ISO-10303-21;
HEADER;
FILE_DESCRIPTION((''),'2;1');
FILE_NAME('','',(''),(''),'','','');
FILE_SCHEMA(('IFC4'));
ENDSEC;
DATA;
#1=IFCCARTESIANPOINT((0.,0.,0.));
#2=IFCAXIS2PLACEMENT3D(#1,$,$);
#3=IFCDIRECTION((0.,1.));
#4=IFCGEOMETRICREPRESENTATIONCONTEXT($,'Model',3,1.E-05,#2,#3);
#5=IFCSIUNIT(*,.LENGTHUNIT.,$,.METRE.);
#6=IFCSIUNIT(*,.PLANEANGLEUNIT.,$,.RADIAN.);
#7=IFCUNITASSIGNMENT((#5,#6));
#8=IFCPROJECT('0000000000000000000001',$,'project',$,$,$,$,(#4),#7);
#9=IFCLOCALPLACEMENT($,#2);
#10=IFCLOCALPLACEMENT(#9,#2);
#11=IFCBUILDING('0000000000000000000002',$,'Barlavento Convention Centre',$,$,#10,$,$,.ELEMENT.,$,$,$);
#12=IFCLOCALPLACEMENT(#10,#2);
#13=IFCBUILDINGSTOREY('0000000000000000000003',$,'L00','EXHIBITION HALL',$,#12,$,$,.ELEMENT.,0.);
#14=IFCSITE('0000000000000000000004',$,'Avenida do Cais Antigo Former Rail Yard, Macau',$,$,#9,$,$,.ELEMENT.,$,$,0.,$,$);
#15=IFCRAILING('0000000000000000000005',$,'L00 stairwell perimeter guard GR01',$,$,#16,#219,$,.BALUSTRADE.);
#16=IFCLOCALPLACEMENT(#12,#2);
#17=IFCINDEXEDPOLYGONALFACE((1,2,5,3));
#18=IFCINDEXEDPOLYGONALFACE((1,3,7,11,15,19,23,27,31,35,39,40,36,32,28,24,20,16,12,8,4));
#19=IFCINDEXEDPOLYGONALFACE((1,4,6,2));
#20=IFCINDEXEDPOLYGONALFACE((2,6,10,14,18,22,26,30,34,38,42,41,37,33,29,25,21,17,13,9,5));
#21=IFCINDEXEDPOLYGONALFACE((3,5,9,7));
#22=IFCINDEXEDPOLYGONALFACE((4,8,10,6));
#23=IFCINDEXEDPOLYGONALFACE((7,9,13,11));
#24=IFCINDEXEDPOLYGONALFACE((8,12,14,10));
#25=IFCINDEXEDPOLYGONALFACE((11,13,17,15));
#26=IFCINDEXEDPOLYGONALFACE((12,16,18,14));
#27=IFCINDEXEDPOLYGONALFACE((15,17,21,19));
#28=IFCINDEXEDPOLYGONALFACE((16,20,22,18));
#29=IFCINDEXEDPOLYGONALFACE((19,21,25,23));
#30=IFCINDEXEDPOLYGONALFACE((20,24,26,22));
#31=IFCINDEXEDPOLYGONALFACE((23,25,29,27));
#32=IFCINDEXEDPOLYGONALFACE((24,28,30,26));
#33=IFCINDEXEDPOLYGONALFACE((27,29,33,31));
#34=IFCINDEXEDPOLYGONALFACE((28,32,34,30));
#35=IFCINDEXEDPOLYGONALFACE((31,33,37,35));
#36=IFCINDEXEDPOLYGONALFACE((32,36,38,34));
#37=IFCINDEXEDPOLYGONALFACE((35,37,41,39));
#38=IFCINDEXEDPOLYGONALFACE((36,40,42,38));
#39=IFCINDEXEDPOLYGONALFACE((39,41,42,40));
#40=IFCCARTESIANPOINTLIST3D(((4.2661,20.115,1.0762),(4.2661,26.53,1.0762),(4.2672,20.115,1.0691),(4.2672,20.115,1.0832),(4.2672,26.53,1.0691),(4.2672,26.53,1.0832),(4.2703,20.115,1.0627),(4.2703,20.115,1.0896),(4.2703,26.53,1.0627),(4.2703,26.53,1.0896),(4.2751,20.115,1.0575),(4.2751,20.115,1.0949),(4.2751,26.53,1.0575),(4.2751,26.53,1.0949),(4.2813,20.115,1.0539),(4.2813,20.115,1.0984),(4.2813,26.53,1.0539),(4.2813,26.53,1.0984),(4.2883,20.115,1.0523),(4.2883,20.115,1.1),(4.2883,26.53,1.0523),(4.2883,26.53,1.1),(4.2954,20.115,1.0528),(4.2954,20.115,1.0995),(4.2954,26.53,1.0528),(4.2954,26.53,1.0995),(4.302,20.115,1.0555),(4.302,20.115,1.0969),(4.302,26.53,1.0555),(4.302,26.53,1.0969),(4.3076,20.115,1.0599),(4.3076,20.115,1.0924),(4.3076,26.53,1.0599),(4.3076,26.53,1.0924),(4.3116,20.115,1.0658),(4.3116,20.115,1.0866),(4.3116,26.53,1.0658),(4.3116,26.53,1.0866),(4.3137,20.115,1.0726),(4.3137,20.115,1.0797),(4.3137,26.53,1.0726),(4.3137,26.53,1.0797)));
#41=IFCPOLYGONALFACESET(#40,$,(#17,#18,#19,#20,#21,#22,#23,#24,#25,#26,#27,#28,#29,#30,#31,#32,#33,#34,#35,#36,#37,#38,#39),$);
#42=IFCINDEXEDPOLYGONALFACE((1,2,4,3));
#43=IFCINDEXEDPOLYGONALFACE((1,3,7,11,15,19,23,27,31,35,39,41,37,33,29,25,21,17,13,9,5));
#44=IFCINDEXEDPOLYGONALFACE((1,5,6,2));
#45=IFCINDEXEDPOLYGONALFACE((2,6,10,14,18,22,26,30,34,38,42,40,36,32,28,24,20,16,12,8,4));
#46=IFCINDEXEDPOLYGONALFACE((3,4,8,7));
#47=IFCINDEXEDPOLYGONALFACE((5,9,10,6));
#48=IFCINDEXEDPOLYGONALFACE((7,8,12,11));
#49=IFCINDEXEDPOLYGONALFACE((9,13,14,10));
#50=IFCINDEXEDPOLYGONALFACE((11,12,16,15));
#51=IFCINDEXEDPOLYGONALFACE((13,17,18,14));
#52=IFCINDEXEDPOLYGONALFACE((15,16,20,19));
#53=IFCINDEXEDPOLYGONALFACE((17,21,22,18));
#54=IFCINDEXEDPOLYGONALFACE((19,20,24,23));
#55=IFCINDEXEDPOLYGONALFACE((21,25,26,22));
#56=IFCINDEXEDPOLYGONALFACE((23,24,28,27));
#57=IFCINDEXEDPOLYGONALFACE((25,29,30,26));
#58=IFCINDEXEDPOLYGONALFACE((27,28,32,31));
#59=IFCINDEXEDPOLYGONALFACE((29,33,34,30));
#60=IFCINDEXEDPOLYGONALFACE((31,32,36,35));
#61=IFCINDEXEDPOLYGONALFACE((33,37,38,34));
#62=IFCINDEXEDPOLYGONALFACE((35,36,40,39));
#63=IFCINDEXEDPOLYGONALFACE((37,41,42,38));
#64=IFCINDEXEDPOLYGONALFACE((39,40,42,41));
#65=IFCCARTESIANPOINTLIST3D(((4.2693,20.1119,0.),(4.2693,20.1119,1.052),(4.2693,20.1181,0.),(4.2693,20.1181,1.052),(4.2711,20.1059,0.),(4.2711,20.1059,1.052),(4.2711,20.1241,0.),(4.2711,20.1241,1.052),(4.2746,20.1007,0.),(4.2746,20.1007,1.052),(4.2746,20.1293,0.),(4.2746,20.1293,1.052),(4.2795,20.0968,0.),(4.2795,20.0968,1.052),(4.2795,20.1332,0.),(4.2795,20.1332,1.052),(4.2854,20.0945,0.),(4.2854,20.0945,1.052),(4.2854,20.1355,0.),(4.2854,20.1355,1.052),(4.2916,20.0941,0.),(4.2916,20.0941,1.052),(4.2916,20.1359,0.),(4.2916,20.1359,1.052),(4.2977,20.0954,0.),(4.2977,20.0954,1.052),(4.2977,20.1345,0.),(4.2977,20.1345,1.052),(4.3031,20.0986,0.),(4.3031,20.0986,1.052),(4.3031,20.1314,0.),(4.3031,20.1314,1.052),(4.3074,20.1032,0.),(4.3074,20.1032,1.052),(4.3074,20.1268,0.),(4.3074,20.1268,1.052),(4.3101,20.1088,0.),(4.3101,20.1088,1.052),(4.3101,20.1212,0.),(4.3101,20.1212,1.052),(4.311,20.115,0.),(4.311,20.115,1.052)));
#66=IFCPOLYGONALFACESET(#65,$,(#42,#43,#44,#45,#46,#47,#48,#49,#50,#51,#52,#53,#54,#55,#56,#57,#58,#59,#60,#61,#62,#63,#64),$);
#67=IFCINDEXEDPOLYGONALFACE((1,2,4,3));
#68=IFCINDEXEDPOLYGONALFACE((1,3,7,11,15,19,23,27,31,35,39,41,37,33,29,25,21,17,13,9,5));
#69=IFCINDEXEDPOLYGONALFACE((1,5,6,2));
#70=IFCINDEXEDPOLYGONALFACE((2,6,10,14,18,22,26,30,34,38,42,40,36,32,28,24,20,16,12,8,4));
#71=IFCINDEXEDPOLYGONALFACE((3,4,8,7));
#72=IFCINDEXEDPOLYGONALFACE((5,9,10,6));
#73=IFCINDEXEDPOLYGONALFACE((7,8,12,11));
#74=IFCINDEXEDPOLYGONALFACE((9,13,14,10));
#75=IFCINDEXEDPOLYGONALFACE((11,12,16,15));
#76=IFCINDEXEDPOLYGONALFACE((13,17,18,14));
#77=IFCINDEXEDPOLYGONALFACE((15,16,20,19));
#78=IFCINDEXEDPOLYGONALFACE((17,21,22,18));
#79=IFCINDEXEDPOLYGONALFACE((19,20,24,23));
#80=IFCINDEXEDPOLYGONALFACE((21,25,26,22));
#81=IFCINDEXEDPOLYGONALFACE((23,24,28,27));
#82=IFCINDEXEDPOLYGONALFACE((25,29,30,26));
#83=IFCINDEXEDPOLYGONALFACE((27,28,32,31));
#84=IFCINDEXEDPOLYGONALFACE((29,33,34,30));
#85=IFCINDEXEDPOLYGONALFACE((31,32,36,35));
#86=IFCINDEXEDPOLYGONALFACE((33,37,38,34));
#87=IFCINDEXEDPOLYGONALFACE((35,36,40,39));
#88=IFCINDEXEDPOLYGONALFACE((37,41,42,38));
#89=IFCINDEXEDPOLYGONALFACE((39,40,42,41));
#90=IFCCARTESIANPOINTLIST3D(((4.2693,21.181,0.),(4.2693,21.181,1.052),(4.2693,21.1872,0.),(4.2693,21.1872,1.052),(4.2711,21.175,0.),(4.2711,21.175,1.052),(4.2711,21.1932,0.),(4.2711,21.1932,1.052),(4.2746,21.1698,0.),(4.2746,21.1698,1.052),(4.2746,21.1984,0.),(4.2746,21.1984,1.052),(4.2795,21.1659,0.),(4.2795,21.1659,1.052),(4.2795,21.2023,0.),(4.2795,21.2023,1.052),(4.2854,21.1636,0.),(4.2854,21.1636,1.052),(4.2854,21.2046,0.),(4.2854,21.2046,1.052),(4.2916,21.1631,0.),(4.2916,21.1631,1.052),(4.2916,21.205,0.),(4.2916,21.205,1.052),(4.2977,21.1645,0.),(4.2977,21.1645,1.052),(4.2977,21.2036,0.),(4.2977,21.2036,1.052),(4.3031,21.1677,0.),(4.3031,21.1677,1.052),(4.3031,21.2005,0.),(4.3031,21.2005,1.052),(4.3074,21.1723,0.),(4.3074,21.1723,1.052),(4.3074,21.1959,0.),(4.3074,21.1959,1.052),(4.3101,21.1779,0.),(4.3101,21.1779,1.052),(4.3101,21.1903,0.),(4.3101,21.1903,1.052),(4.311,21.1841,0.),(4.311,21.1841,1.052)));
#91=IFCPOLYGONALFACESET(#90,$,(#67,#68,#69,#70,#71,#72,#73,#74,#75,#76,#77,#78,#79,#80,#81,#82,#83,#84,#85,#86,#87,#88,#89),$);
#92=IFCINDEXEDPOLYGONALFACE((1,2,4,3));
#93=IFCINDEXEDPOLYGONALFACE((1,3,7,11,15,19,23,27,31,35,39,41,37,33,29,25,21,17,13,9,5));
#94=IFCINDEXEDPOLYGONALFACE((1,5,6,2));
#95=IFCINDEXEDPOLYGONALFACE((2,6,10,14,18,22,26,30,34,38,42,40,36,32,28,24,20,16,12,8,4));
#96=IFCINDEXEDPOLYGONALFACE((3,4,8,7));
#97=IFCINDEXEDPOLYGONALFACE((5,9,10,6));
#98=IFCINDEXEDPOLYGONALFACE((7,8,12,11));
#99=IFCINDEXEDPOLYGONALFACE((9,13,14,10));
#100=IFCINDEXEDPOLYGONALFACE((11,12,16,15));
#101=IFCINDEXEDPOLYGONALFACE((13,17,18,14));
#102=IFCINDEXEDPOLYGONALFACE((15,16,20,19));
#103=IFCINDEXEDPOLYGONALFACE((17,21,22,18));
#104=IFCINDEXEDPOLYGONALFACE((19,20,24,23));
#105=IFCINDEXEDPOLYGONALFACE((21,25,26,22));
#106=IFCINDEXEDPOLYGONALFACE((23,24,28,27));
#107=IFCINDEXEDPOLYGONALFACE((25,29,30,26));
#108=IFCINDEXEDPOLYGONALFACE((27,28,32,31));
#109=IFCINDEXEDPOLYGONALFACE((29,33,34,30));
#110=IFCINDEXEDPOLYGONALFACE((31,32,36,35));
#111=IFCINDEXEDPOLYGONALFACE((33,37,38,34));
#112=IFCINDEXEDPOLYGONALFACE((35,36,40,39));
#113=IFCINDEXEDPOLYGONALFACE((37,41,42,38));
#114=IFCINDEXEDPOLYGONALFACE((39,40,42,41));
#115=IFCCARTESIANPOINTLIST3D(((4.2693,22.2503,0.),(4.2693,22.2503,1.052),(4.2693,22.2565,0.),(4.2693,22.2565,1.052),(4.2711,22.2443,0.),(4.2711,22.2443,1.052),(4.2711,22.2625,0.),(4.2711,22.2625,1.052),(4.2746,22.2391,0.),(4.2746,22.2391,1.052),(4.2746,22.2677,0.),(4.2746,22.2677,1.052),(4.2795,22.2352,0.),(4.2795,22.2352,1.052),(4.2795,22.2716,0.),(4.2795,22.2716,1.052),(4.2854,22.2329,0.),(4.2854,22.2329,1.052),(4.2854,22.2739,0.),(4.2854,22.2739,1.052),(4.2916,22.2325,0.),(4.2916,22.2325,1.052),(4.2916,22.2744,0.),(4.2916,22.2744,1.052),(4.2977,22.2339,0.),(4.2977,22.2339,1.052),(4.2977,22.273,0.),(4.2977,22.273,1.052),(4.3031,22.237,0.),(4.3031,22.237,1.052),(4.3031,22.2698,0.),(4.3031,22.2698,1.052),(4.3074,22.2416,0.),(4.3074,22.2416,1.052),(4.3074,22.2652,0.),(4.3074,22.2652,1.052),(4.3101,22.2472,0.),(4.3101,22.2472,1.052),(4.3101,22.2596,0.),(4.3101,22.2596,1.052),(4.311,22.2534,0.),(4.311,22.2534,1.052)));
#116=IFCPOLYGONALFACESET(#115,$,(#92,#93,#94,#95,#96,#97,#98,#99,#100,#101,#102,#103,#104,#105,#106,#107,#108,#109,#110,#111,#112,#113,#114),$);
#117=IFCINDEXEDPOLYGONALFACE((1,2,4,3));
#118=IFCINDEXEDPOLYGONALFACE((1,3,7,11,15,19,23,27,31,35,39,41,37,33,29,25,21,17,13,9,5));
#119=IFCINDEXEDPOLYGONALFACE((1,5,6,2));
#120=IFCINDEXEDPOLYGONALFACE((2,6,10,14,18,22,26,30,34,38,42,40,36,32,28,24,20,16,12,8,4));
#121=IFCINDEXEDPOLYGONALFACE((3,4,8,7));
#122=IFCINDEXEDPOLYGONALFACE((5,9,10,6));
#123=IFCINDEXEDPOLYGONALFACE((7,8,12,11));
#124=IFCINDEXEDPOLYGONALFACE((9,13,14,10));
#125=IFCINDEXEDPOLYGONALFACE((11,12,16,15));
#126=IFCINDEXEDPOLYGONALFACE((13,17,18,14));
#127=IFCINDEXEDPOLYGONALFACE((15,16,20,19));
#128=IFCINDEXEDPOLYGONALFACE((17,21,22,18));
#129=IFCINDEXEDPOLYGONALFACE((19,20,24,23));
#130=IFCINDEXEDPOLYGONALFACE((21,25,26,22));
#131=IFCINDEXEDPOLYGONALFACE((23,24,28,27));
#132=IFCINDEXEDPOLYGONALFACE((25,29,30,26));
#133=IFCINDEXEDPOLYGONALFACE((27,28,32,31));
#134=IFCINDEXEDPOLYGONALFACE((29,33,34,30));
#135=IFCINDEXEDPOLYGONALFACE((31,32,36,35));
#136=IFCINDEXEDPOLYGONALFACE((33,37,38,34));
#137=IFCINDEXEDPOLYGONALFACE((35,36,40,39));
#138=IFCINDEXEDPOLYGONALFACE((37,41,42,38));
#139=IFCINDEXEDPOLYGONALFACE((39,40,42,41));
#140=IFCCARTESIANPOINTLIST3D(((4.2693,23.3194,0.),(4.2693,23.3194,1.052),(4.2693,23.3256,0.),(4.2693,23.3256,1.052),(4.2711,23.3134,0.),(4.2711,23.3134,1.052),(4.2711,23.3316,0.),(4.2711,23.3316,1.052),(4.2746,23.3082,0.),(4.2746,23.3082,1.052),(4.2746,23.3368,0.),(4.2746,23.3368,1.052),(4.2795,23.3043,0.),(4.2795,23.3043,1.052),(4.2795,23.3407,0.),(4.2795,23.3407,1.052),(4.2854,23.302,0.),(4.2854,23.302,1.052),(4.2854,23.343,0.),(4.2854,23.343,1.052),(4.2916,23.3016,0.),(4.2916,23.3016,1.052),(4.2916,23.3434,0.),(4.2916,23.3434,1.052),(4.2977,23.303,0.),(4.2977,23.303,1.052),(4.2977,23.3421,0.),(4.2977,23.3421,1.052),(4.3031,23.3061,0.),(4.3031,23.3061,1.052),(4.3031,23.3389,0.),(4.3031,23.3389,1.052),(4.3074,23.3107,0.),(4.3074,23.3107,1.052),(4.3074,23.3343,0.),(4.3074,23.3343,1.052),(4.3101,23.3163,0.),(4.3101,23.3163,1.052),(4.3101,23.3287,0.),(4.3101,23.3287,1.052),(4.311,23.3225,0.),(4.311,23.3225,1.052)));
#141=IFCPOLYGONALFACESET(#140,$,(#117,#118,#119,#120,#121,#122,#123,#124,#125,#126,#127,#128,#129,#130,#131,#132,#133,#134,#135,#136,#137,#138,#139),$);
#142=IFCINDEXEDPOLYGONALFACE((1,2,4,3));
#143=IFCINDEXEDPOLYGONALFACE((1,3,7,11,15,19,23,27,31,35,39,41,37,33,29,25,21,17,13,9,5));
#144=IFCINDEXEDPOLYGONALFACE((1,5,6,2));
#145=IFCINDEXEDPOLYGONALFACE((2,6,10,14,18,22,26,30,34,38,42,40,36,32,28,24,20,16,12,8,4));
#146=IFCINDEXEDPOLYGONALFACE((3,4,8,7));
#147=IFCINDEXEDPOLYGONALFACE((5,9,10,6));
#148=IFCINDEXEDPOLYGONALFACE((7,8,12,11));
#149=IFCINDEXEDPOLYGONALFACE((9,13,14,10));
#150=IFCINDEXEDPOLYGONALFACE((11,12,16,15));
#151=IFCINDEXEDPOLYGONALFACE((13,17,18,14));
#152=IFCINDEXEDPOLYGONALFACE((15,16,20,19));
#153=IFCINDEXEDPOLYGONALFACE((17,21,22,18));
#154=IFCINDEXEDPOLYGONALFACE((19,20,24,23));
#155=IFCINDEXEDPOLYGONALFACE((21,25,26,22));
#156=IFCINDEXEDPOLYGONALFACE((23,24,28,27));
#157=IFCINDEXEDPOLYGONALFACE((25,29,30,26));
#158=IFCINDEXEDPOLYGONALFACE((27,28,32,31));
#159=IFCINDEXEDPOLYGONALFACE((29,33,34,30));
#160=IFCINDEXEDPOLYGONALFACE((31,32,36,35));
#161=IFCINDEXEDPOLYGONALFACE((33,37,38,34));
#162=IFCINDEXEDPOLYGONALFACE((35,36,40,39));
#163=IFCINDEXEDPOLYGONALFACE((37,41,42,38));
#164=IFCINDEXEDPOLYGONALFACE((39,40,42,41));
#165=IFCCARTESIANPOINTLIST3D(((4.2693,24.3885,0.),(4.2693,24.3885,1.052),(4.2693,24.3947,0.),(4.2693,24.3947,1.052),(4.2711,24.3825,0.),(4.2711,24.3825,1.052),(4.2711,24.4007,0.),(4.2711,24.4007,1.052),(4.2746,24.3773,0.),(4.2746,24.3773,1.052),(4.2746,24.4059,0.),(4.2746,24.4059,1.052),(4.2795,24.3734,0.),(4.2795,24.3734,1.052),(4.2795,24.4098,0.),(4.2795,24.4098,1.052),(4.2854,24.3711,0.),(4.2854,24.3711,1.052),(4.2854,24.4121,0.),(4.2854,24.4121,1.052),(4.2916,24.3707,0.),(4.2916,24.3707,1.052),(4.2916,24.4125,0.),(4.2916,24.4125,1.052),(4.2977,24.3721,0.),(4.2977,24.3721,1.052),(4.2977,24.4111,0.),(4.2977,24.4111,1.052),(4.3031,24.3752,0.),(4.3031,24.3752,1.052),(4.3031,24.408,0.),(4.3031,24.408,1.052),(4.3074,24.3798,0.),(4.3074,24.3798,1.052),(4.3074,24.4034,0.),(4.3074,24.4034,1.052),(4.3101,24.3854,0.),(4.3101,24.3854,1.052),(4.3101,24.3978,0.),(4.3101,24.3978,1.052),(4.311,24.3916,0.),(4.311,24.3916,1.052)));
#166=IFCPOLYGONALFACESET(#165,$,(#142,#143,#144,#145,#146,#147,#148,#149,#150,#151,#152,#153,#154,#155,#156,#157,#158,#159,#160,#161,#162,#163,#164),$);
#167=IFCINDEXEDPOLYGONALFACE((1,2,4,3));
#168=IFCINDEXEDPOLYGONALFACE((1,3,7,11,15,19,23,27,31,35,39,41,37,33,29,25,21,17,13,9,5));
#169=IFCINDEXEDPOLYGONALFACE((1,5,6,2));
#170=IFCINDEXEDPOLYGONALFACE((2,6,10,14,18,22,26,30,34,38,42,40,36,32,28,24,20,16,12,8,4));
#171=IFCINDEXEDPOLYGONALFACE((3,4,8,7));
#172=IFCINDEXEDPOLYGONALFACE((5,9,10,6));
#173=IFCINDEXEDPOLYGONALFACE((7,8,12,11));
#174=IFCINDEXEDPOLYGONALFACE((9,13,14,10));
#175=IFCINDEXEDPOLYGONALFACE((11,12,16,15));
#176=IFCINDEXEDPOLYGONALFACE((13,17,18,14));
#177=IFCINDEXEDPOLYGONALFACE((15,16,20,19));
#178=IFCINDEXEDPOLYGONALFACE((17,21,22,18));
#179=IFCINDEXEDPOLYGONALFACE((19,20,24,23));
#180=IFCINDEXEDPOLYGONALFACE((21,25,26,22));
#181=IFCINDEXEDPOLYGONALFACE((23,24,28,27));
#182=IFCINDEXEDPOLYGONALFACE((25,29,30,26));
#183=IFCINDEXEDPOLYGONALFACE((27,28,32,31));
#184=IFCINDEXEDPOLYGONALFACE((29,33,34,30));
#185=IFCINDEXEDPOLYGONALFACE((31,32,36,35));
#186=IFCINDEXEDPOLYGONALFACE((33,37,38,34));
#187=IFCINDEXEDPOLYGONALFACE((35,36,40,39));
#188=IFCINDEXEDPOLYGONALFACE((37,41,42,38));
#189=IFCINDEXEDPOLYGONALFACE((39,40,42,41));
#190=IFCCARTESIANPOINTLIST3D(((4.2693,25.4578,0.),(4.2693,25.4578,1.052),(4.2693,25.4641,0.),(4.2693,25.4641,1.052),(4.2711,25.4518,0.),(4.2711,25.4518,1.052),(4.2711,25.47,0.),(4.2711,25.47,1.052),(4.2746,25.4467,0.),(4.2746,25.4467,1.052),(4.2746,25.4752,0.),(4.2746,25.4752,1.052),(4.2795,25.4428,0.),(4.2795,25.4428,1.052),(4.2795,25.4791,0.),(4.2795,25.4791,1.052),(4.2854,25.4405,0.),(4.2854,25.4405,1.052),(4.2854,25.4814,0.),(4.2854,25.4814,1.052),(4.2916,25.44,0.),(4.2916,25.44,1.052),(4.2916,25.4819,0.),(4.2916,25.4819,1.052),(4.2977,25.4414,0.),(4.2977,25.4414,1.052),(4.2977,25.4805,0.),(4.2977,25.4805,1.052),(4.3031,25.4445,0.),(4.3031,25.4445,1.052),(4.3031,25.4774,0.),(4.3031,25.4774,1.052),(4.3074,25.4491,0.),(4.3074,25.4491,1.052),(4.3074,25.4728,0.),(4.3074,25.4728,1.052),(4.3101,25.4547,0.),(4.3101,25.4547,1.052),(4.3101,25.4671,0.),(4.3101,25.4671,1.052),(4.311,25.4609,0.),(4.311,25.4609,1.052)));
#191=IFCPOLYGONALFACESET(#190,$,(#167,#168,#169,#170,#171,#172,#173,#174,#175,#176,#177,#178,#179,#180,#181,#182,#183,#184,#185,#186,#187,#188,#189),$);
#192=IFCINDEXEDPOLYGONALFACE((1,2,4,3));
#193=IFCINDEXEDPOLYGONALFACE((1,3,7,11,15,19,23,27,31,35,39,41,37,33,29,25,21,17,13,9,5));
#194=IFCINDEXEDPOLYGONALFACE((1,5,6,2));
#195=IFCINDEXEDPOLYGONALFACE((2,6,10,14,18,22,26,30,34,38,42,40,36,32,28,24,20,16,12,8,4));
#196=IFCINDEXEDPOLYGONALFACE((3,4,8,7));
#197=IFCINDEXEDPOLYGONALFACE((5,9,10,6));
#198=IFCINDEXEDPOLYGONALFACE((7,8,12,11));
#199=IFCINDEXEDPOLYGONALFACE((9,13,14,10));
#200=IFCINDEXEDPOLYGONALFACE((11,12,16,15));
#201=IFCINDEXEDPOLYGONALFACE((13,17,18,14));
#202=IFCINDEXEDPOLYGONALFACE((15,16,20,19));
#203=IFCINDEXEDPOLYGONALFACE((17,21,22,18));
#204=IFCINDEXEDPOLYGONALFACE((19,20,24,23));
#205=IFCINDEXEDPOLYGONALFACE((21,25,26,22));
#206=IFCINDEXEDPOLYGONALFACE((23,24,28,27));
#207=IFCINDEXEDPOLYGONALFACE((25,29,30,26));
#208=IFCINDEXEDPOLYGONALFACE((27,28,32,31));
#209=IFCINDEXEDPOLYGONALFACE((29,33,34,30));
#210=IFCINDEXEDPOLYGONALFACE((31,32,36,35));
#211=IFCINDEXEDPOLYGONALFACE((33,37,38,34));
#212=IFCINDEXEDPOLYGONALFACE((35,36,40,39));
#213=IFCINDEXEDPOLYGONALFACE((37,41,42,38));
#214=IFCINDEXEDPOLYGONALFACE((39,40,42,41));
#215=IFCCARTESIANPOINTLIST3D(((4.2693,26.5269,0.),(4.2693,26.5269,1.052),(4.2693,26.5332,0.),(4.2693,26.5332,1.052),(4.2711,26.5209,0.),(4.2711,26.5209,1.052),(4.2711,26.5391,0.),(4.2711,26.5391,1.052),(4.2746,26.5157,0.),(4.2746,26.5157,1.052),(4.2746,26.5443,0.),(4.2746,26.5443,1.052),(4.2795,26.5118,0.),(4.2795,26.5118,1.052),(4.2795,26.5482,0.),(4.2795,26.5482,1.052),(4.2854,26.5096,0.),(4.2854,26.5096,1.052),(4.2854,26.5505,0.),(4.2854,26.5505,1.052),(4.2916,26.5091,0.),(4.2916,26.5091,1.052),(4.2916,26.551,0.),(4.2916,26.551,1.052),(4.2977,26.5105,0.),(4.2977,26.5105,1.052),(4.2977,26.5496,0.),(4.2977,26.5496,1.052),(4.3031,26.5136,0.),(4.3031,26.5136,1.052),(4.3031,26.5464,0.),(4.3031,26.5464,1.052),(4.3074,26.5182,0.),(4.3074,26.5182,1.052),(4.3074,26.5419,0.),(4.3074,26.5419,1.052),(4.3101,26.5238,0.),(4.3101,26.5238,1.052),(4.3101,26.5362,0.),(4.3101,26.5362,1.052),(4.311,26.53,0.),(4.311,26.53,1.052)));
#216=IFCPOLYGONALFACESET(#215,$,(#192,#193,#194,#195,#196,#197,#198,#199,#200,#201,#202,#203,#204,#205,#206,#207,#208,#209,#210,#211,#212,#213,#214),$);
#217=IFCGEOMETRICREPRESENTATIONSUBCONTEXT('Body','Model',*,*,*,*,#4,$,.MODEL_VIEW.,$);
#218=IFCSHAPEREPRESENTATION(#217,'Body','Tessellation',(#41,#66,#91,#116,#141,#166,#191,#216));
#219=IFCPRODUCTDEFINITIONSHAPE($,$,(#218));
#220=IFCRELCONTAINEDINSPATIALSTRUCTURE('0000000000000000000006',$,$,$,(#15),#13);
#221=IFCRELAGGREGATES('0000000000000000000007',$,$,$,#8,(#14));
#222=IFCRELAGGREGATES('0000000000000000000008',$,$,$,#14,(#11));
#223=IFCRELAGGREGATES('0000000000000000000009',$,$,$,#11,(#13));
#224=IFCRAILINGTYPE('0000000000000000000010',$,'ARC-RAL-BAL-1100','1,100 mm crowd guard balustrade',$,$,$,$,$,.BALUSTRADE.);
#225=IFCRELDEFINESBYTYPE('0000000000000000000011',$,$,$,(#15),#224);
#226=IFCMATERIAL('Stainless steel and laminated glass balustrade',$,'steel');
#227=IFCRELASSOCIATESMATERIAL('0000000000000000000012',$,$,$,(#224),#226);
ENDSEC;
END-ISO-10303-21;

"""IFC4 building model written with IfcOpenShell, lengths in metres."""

from ifc_helpers import new_model, si_unit, direction, frame, origin, origin_2d, place, context, subcontext, project, spatial, circle, extrude, material, type_object, element, save


model = new_model("IFC4")

# Units and contexts
model_context = context("Model", 3, precision=1e-05, world=origin(), true_north=direction((0.0, 1.0)))
body_context = subcontext(model_context, "Body", "Model", "MODEL_VIEW")
ifc_project = project(units=[si_unit("LENGTHUNIT", "METRE"), si_unit("PLANEANGLEUNIT", "RADIAN")], contexts=[model_context])

# Site, building, storey
site_placement = place(None, origin())
site = spatial("IfcSite", under=ifc_project, at=site_placement, Name="Avenida do Cais Antigo Former Rail Yard, Macau", CompositionType="ELEMENT", RefElevation=0.0)
building_placement = place(site_placement, origin())
building = spatial("IfcBuilding", under=site, at=building_placement, Name="Barlavento Convention Centre", CompositionType="ELEMENT")
storey_placement = place(building_placement, origin())
storey = spatial("IfcBuildingStorey", under=building, at=storey_placement, Name="L00", Description="EXHIBITION HALL", CompositionType="ELEMENT", Elevation=0.0)

# Railing
ifc_material_1 = material(Name="Stainless steel and laminated glass balustrade", Category="steel")
railing_type_1 = type_object("IfcRailingType", Name="ARC-RAL-BAL-1100", Description="1,100 mm crowd guard balustrade", PredefinedType="BALUSTRADE", material=ifc_material_1)
railing_1_placement = place(storey_placement, frame((4.29, 20.115, 0.0)))
element("IfcRailing", 1, at=railing_1_placement, inside=storey, type_object=railing_type_1, Name="L00 stairwell perimeter guard GR01", PredefinedType="BALUSTRADE", context=body_context, shape_type="SweptSolid", body=[
    extrude(circle(Radius=0.0239, at=origin_2d()), frame((0.0, 0.0, 1.0762), z_axis=(0.0, 1.0, 0.0), x_axis=(-1.0, 0.0, 0.0)), (0.0, 0.0, 1.0), 6.415),
    extrude(circle(Radius=0.021, at=origin_2d()), origin(), (0.0, 0.0, 1.0), 1.052),
    extrude(circle(Radius=0.021, at=origin_2d()), frame((0.0, 1.0691, 0.0)), (0.0, 0.0, 1.0), 1.052),
    extrude(circle(Radius=0.021, at=origin_2d()), frame((0.0, 2.1384, 0.0)), (0.0, 0.0, 1.0), 1.052),
    extrude(circle(Radius=0.021, at=origin_2d()), frame((0.0, 3.2075, 0.0)), (0.0, 0.0, 1.0), 1.052),
    extrude(circle(Radius=0.021, at=origin_2d()), frame((0.0, 4.2766, 0.0)), (0.0, 0.0, 1.0), 1.052),
    extrude(circle(Radius=0.021, at=origin_2d()), frame((0.0, 5.3459, 0.0)), (0.0, 0.0, 1.0), 1.052),
    extrude(circle(Radius=0.021, at=origin_2d()), frame((0.0, 6.415, 0.0)), (0.0, 0.0, 1.0), 1.052),
])

save(model, "model.ifc")
